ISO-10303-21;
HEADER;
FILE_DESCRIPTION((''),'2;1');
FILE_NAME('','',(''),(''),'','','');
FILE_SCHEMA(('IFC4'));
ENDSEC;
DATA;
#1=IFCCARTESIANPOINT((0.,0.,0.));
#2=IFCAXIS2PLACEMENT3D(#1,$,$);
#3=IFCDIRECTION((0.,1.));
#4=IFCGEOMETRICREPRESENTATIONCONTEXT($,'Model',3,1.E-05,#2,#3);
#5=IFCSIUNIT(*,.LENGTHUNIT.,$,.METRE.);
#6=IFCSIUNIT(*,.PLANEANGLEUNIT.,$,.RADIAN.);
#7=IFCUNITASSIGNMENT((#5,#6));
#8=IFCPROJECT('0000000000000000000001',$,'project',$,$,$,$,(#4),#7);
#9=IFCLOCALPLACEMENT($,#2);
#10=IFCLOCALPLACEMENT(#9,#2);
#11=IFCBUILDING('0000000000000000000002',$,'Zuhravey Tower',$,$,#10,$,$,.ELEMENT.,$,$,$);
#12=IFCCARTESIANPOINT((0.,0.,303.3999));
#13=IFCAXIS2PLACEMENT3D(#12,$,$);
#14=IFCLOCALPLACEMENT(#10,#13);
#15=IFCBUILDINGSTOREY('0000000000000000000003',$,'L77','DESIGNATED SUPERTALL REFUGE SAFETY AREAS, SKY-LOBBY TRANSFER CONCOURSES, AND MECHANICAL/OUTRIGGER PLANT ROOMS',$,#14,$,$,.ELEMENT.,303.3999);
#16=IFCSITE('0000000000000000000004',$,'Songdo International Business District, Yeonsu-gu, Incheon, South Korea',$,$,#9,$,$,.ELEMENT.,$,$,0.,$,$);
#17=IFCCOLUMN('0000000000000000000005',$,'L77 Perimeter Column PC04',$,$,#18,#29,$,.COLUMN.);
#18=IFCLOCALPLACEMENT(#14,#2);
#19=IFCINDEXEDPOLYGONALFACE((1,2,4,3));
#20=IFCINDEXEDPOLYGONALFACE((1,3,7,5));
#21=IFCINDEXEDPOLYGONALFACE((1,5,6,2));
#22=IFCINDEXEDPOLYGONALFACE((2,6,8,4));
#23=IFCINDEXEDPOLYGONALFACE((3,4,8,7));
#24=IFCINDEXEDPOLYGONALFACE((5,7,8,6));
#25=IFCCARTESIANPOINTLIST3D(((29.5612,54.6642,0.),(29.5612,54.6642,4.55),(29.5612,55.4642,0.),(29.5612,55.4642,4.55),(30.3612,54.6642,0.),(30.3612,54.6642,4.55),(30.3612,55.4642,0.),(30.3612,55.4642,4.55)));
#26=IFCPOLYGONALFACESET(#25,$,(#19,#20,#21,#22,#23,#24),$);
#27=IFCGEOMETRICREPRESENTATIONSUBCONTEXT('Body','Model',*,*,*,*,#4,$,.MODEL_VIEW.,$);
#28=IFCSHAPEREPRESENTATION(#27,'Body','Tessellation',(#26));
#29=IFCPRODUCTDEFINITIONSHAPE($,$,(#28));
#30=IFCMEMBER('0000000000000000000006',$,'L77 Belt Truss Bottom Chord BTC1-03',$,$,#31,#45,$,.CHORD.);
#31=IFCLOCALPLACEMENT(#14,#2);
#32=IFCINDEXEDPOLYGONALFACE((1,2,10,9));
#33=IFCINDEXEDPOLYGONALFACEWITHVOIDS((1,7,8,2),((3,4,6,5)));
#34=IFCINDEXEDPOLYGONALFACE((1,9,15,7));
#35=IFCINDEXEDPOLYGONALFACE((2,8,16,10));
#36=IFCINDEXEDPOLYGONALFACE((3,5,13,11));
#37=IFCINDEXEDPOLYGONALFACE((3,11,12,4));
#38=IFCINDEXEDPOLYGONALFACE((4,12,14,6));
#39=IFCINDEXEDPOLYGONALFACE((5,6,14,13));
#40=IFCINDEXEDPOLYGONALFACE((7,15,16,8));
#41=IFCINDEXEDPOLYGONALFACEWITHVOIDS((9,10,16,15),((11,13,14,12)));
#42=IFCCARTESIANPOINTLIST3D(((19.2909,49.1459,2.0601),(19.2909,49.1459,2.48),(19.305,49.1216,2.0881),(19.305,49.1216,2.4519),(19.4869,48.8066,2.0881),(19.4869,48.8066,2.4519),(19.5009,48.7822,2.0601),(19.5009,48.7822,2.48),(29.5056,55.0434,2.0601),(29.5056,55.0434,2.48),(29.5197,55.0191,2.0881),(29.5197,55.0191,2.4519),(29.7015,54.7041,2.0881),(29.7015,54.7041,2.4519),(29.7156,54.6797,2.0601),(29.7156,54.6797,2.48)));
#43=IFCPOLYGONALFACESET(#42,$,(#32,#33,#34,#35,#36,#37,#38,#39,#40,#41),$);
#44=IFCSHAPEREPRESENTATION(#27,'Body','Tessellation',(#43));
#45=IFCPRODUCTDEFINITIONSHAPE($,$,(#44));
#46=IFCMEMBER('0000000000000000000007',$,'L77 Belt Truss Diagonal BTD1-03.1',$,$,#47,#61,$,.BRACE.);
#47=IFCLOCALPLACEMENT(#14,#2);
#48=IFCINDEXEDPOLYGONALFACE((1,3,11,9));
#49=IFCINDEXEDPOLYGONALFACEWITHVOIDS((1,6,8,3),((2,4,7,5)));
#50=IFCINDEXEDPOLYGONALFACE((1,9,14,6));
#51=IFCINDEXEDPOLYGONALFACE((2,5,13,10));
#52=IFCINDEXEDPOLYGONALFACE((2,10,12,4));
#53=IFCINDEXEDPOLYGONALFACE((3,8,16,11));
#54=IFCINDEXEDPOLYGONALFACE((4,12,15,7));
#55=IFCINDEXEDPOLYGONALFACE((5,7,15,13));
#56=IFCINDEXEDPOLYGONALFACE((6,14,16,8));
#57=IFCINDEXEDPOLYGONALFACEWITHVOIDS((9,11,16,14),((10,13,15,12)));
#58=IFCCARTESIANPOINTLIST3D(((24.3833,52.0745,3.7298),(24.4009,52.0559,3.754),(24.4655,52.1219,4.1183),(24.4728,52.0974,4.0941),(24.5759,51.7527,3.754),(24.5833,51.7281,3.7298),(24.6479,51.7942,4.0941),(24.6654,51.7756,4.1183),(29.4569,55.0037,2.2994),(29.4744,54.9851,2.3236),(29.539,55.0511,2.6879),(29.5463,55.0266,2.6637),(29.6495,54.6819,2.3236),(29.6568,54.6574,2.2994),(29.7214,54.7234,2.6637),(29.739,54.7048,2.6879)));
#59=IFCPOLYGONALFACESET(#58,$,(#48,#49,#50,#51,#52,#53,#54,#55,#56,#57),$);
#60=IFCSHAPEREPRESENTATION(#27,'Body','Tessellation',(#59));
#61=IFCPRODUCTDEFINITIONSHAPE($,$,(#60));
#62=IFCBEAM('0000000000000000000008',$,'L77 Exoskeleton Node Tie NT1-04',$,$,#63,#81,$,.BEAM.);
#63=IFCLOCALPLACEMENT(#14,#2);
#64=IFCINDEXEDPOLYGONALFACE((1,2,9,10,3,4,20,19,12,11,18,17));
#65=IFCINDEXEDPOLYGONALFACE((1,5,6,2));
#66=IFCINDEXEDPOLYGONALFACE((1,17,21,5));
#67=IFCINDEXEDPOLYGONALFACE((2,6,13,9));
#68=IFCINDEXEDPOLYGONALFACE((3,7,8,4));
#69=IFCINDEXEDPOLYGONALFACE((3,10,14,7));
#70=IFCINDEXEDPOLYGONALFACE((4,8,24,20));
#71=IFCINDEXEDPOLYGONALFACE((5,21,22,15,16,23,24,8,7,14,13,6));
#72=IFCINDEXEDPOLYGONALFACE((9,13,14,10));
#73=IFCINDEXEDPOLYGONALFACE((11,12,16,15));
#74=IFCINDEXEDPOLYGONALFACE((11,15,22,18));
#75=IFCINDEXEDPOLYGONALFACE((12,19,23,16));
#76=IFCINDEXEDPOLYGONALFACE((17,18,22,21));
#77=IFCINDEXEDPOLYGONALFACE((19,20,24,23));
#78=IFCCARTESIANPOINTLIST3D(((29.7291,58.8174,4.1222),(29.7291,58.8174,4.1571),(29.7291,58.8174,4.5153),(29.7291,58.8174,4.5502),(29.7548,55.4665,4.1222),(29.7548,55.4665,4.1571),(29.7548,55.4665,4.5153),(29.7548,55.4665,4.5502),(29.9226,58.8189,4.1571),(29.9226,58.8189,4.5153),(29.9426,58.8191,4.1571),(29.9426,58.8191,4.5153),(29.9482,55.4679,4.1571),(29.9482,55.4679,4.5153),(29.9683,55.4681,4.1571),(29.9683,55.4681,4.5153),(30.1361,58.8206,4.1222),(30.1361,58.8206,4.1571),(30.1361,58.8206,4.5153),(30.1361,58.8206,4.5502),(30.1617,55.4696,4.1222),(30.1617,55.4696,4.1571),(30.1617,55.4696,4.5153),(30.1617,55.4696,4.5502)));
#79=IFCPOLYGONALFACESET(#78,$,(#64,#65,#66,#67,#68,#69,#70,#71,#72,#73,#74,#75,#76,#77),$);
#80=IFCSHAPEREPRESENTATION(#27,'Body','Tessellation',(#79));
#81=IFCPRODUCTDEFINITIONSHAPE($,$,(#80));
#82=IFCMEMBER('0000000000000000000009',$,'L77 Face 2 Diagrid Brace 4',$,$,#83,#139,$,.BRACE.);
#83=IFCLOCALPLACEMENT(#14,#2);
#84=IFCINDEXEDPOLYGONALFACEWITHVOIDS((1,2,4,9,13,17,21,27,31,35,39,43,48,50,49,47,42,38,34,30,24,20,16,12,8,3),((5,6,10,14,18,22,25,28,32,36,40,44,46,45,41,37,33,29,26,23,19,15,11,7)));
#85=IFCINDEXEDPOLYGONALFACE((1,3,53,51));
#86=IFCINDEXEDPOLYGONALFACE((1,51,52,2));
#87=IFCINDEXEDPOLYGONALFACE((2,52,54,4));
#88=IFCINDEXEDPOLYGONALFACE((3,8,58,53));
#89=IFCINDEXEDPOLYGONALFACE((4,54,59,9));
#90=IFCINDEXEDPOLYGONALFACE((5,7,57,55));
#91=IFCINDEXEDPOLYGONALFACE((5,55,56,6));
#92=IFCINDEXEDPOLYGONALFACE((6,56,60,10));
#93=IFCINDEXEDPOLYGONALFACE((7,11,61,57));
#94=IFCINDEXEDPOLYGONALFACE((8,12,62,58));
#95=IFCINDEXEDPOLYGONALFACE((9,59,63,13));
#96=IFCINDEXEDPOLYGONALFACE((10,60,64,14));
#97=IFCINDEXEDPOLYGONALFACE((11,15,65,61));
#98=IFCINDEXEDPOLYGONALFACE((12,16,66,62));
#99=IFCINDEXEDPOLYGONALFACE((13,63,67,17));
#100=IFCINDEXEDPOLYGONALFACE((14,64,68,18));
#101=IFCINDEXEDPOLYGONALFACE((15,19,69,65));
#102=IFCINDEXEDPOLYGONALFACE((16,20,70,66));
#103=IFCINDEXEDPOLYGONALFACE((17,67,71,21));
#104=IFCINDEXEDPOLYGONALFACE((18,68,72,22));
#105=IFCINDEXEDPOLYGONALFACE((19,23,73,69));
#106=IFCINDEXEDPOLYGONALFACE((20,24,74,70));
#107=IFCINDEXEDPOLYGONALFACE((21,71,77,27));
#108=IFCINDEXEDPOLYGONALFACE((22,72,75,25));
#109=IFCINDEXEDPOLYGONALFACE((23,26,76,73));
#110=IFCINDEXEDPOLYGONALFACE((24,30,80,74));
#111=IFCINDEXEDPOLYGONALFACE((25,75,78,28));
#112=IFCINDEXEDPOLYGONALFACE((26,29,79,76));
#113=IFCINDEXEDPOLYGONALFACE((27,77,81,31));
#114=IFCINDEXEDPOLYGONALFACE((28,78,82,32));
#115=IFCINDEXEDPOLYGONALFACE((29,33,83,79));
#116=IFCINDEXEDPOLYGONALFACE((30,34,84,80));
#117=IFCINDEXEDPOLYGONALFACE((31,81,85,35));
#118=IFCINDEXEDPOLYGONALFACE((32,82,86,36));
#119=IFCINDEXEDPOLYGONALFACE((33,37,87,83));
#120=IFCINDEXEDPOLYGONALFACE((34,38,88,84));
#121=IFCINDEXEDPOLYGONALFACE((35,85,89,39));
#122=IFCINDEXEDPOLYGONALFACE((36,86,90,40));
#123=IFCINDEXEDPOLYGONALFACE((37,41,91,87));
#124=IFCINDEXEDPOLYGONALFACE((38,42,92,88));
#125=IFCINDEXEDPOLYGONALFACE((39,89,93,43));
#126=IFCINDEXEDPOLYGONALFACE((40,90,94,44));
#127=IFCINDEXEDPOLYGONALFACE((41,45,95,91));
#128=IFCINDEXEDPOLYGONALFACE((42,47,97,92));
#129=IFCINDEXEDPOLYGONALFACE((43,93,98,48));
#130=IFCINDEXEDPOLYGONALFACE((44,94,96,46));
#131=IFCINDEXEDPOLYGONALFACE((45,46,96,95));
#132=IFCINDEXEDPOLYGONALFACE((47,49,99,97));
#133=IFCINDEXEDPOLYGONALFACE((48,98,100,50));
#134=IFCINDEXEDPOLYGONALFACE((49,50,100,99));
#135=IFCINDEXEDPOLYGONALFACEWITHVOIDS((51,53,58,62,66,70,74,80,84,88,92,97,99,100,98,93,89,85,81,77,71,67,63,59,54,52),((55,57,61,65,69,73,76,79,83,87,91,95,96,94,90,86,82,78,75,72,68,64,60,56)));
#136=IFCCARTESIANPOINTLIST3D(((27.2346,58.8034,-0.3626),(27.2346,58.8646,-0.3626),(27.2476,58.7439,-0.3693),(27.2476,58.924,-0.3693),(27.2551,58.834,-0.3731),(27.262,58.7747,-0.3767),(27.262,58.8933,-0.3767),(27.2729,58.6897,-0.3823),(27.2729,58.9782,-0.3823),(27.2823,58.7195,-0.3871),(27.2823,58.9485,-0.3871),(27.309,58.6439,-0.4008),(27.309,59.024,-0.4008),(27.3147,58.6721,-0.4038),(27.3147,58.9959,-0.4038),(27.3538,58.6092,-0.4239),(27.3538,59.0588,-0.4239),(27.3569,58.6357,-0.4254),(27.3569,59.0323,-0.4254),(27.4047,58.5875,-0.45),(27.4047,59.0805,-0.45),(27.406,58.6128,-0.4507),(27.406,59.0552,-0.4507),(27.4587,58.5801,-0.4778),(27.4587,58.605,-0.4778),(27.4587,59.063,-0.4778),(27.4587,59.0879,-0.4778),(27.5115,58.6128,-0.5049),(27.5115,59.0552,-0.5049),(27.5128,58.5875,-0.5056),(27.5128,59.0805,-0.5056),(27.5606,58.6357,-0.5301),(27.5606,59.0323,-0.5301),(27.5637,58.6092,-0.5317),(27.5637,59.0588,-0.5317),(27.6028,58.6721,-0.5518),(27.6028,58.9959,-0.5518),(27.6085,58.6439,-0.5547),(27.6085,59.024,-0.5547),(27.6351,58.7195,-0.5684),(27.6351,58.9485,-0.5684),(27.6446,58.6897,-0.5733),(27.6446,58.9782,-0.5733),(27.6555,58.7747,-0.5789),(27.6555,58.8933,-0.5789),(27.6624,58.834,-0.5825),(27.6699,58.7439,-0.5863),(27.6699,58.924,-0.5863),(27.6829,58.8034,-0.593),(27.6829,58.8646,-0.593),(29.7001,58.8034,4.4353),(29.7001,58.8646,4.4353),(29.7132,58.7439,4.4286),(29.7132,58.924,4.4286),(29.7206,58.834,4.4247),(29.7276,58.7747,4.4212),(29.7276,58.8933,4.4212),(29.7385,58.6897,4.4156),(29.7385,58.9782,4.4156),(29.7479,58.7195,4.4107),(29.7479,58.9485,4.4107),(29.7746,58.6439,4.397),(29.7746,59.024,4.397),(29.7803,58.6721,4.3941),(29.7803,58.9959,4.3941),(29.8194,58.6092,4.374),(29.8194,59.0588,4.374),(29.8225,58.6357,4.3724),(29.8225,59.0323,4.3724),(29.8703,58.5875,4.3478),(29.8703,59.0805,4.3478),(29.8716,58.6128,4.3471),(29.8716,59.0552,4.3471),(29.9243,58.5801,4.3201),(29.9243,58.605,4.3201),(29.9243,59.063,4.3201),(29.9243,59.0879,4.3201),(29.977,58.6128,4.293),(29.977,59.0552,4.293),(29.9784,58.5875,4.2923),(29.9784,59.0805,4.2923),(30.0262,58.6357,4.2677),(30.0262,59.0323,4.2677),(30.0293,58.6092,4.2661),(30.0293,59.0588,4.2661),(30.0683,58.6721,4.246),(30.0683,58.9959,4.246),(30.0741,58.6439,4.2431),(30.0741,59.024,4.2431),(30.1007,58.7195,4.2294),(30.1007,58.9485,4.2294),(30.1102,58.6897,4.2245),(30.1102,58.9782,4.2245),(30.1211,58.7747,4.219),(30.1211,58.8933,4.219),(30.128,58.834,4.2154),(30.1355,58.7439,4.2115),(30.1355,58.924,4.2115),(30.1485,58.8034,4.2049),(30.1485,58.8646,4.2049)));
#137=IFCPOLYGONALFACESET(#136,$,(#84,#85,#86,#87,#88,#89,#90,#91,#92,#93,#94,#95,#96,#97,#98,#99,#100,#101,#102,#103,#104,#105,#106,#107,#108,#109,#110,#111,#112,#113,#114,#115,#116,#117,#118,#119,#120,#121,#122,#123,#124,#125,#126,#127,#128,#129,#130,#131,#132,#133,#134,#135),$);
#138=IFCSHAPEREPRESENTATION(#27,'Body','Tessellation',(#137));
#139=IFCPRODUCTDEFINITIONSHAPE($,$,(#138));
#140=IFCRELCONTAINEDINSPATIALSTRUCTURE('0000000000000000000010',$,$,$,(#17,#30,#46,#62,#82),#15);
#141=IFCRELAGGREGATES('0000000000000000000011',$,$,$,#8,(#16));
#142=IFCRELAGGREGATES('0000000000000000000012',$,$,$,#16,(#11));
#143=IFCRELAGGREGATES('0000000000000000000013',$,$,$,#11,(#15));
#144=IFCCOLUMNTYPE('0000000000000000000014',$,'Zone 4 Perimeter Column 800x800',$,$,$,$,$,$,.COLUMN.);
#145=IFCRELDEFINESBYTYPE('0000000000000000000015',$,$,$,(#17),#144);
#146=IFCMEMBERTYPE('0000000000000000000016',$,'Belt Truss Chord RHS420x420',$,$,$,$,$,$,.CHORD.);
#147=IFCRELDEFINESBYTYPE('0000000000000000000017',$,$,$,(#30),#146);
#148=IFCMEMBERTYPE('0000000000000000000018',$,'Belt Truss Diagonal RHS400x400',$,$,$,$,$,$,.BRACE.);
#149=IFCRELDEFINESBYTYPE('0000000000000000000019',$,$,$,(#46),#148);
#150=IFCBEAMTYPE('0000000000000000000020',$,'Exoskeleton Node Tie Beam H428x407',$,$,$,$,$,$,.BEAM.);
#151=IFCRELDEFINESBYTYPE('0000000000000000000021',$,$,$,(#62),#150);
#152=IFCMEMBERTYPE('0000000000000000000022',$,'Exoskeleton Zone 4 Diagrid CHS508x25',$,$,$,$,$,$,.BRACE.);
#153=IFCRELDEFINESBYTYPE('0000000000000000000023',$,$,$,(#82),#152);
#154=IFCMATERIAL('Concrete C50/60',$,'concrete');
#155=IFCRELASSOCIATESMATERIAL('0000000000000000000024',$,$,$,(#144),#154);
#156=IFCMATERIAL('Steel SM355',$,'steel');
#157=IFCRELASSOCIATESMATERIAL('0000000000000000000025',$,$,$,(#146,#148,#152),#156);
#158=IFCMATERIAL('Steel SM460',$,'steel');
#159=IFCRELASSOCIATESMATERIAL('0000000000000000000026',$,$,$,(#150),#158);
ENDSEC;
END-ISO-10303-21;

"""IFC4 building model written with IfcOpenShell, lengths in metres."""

from ifc_helpers import new_model, si_unit, direction, frame, origin, origin_2d, place, context, subcontext, project, spatial, rectangle, hollow_rectangle, hollow_circle, i_section, extrude, material, material_profile, profile_set, type_object, element, save


model = new_model("IFC4")

# Units and contexts
model_context = context("Model", 3, precision=1e-05, world=origin(), true_north=direction((0.0, 1.0)))
body_context = subcontext(model_context, "Body", "Model", "MODEL_VIEW")
ifc_project = project(units=[si_unit("LENGTHUNIT", "METRE"), si_unit("PLANEANGLEUNIT", "RADIAN")], contexts=[model_context])

# Site, building, storey
site_placement = place(None, origin())
site = spatial("IfcSite", under=ifc_project, at=site_placement, Name="Songdo International Business District, Yeonsu-gu, Incheon, South Korea", CompositionType="ELEMENT", RefElevation=0.0)
building_placement = place(site_placement, origin())
building = spatial("IfcBuilding", under=site, at=building_placement, Name="Zuhravey Tower", CompositionType="ELEMENT")
storey_placement = place(building_placement, frame((0.0, 0.0, 303.3999)))
storey = spatial("IfcBuildingStorey", under=building, at=storey_placement, Name="L77", Description="DESIGNATED SUPERTALL REFUGE SAFETY AREAS, SKY-LOBBY TRANSFER CONCOURSES, AND MECHANICAL/OUTRIGGER PLANT ROOMS", CompositionType="ELEMENT", Elevation=303.3999)

# Column
ifc_material_1 = material(Name="Concrete C50/60", Category="concrete")
ifc_material_profile_1 = material_profile(ifc_material_1, rectangle(XDim=0.8, YDim=0.8, at=origin_2d()), Name="RC-800x800")
ifc_profile_set_1 = profile_set([ifc_material_profile_1], Name="Concrete C50/60")
column_type = type_object("IfcColumnType", Name="Zone 4 Perimeter Column 800x800", PredefinedType="COLUMN", material=ifc_profile_set_1)
column_placement = place(storey_placement, frame((29.9612, 55.0642, 0.0), z_axis=(0.0, 0.0, 1.0), x_axis=(-1.0, 0.0, 0.0)))
element("IfcColumn", 1, at=column_placement, inside=storey, type_object=column_type, Name="L77 Perimeter Column PC04", PredefinedType="COLUMN", context=body_context, shape_type="SweptSolid", body=[
    extrude(rectangle(XDim=0.8, YDim=0.8, at=origin_2d()), origin(), (0.0, 0.0, 1.0), 4.55),
])

# Members
ifc_material_2 = material(Name="Steel SM355", Category="steel")
ifc_material_profile_2 = material_profile(ifc_material_2, hollow_rectangle(XDim=0.4199, YDim=0.4199, WallThickness=0.0281, at=origin_2d()), Name="RHS-420x420x28")
ifc_profile_set_2 = profile_set([ifc_material_profile_2], Name="Steel SM355")
member_type_1 = type_object("IfcMemberType", Name="Belt Truss Chord RHS420x420", PredefinedType="CHORD", material=ifc_profile_set_2)
member_1_placement = place(storey_placement, frame((29.6106, 54.8616, 2.27), z_axis=(-0.866023, -0.500004, 0.0), x_axis=(0.500004, -0.866023, 0.0)))
element("IfcMember", 2, at=member_1_placement, inside=storey, type_object=member_type_1, Name="L77 Belt Truss Bottom Chord BTC1-03", PredefinedType="CHORD", context=body_context, shape_type="SweptSolid", body=[
    extrude(hollow_rectangle(XDim=0.4199, YDim=0.4199, WallThickness=0.0281, at=origin_2d()), origin(), (0.0, 0.0, 1.0), 11.7949),
])
ifc_material_profile_3 = material_profile(ifc_material_2, hollow_rectangle(XDim=0.3999, YDim=0.3999, WallThickness=0.0249, at=origin_2d()), Name="RHS-400x400x25")
ifc_profile_set_3 = profile_set([ifc_material_profile_3], Name="Steel SM355")
member_type_2 = type_object("IfcMemberType", Name="Belt Truss Diagonal RHS400x400", PredefinedType="BRACE", material=ifc_profile_set_3)
member_2_placement = place(storey_placement, frame((29.5979, 54.8542, 2.4937), z_axis=(-0.841309, -0.485733, 0.237199), x_axis=(0.500003, -0.866024, 0.0)))
element("IfcMember", 3, at=member_2_placement, inside=storey, type_object=member_type_2, Name="L77 Belt Truss Diagonal BTD1-03.1", PredefinedType="BRACE", context=body_context, shape_type="SweptSolid", body=[
    extrude(hollow_rectangle(XDim=0.3999, YDim=0.3999, WallThickness=0.0249, at=origin_2d()), origin(), (0.0, 0.0, 1.0), 6.0305),
])

# Beam
ifc_material_3 = material(Name="Steel SM460", Category="steel")
ifc_material_profile_4 = material_profile(ifc_material_3, i_section(OverallWidth=0.407, OverallDepth=0.428, WebThickness=0.02, FlangeThickness=0.0349, at=origin_2d()), Name="H-428x407x20x35")
ifc_profile_set_4 = profile_set([ifc_material_profile_4], Name="Steel SM460")
beam_type_1 = type_object("IfcBeamType", Name="Exoskeleton Node Tie Beam H428x407", PredefinedType="BEAM", material=ifc_profile_set_4)
beam_1_placement = place(storey_placement, frame((29.9583, 55.468, 4.3362), z_axis=(-0.007649, 0.999971, 0.0), x_axis=(-0.999971, -0.007649, 0.0)))
element("IfcBeam", 4, at=beam_1_placement, inside=storey, type_object=beam_type_1, Name="L77 Exoskeleton Node Tie NT1-04", PredefinedType="BEAM", context=body_context, shape_type="SweptSolid", body=[
    extrude(i_section(OverallWidth=0.407, OverallDepth=0.428, WebThickness=0.02, FlangeThickness=0.0349, at=origin_2d()), origin(), (0.0, 0.0, 1.0), 3.3511),
])

# Member
ifc_material_profile_5 = material_profile(ifc_material_2, hollow_circle(Radius=0.2539, WallThickness=0.0249, at=origin_2d()), Name="CHS-508.0x25")
ifc_profile_set_5 = profile_set([ifc_material_profile_5], Name="Steel SM355")
member_type_3 = type_object("IfcMemberType", Name="Exoskeleton Zone 4 Diagrid CHS508x25", PredefinedType="BRACE", material=ifc_profile_set_5)
member_3_placement = place(storey_placement, frame((27.4587, 58.834, -0.4778), z_axis=(0.457071, 0.0, 0.88943), x_axis=(0.0, 1.0, 0.0)))
element("IfcMember", 5, at=member_3_placement, inside=storey, type_object=member_type_3, Name="L77 Face 2 Diagrid Brace 4", PredefinedType="BRACE", context=body_context, shape_type="SweptSolid", body=[
    extrude(hollow_circle(Radius=0.2539, WallThickness=0.0249, at=origin_2d()), origin(), (0.0, 0.0, 1.0), 5.3943),
])

save(model, "model.ifc")
